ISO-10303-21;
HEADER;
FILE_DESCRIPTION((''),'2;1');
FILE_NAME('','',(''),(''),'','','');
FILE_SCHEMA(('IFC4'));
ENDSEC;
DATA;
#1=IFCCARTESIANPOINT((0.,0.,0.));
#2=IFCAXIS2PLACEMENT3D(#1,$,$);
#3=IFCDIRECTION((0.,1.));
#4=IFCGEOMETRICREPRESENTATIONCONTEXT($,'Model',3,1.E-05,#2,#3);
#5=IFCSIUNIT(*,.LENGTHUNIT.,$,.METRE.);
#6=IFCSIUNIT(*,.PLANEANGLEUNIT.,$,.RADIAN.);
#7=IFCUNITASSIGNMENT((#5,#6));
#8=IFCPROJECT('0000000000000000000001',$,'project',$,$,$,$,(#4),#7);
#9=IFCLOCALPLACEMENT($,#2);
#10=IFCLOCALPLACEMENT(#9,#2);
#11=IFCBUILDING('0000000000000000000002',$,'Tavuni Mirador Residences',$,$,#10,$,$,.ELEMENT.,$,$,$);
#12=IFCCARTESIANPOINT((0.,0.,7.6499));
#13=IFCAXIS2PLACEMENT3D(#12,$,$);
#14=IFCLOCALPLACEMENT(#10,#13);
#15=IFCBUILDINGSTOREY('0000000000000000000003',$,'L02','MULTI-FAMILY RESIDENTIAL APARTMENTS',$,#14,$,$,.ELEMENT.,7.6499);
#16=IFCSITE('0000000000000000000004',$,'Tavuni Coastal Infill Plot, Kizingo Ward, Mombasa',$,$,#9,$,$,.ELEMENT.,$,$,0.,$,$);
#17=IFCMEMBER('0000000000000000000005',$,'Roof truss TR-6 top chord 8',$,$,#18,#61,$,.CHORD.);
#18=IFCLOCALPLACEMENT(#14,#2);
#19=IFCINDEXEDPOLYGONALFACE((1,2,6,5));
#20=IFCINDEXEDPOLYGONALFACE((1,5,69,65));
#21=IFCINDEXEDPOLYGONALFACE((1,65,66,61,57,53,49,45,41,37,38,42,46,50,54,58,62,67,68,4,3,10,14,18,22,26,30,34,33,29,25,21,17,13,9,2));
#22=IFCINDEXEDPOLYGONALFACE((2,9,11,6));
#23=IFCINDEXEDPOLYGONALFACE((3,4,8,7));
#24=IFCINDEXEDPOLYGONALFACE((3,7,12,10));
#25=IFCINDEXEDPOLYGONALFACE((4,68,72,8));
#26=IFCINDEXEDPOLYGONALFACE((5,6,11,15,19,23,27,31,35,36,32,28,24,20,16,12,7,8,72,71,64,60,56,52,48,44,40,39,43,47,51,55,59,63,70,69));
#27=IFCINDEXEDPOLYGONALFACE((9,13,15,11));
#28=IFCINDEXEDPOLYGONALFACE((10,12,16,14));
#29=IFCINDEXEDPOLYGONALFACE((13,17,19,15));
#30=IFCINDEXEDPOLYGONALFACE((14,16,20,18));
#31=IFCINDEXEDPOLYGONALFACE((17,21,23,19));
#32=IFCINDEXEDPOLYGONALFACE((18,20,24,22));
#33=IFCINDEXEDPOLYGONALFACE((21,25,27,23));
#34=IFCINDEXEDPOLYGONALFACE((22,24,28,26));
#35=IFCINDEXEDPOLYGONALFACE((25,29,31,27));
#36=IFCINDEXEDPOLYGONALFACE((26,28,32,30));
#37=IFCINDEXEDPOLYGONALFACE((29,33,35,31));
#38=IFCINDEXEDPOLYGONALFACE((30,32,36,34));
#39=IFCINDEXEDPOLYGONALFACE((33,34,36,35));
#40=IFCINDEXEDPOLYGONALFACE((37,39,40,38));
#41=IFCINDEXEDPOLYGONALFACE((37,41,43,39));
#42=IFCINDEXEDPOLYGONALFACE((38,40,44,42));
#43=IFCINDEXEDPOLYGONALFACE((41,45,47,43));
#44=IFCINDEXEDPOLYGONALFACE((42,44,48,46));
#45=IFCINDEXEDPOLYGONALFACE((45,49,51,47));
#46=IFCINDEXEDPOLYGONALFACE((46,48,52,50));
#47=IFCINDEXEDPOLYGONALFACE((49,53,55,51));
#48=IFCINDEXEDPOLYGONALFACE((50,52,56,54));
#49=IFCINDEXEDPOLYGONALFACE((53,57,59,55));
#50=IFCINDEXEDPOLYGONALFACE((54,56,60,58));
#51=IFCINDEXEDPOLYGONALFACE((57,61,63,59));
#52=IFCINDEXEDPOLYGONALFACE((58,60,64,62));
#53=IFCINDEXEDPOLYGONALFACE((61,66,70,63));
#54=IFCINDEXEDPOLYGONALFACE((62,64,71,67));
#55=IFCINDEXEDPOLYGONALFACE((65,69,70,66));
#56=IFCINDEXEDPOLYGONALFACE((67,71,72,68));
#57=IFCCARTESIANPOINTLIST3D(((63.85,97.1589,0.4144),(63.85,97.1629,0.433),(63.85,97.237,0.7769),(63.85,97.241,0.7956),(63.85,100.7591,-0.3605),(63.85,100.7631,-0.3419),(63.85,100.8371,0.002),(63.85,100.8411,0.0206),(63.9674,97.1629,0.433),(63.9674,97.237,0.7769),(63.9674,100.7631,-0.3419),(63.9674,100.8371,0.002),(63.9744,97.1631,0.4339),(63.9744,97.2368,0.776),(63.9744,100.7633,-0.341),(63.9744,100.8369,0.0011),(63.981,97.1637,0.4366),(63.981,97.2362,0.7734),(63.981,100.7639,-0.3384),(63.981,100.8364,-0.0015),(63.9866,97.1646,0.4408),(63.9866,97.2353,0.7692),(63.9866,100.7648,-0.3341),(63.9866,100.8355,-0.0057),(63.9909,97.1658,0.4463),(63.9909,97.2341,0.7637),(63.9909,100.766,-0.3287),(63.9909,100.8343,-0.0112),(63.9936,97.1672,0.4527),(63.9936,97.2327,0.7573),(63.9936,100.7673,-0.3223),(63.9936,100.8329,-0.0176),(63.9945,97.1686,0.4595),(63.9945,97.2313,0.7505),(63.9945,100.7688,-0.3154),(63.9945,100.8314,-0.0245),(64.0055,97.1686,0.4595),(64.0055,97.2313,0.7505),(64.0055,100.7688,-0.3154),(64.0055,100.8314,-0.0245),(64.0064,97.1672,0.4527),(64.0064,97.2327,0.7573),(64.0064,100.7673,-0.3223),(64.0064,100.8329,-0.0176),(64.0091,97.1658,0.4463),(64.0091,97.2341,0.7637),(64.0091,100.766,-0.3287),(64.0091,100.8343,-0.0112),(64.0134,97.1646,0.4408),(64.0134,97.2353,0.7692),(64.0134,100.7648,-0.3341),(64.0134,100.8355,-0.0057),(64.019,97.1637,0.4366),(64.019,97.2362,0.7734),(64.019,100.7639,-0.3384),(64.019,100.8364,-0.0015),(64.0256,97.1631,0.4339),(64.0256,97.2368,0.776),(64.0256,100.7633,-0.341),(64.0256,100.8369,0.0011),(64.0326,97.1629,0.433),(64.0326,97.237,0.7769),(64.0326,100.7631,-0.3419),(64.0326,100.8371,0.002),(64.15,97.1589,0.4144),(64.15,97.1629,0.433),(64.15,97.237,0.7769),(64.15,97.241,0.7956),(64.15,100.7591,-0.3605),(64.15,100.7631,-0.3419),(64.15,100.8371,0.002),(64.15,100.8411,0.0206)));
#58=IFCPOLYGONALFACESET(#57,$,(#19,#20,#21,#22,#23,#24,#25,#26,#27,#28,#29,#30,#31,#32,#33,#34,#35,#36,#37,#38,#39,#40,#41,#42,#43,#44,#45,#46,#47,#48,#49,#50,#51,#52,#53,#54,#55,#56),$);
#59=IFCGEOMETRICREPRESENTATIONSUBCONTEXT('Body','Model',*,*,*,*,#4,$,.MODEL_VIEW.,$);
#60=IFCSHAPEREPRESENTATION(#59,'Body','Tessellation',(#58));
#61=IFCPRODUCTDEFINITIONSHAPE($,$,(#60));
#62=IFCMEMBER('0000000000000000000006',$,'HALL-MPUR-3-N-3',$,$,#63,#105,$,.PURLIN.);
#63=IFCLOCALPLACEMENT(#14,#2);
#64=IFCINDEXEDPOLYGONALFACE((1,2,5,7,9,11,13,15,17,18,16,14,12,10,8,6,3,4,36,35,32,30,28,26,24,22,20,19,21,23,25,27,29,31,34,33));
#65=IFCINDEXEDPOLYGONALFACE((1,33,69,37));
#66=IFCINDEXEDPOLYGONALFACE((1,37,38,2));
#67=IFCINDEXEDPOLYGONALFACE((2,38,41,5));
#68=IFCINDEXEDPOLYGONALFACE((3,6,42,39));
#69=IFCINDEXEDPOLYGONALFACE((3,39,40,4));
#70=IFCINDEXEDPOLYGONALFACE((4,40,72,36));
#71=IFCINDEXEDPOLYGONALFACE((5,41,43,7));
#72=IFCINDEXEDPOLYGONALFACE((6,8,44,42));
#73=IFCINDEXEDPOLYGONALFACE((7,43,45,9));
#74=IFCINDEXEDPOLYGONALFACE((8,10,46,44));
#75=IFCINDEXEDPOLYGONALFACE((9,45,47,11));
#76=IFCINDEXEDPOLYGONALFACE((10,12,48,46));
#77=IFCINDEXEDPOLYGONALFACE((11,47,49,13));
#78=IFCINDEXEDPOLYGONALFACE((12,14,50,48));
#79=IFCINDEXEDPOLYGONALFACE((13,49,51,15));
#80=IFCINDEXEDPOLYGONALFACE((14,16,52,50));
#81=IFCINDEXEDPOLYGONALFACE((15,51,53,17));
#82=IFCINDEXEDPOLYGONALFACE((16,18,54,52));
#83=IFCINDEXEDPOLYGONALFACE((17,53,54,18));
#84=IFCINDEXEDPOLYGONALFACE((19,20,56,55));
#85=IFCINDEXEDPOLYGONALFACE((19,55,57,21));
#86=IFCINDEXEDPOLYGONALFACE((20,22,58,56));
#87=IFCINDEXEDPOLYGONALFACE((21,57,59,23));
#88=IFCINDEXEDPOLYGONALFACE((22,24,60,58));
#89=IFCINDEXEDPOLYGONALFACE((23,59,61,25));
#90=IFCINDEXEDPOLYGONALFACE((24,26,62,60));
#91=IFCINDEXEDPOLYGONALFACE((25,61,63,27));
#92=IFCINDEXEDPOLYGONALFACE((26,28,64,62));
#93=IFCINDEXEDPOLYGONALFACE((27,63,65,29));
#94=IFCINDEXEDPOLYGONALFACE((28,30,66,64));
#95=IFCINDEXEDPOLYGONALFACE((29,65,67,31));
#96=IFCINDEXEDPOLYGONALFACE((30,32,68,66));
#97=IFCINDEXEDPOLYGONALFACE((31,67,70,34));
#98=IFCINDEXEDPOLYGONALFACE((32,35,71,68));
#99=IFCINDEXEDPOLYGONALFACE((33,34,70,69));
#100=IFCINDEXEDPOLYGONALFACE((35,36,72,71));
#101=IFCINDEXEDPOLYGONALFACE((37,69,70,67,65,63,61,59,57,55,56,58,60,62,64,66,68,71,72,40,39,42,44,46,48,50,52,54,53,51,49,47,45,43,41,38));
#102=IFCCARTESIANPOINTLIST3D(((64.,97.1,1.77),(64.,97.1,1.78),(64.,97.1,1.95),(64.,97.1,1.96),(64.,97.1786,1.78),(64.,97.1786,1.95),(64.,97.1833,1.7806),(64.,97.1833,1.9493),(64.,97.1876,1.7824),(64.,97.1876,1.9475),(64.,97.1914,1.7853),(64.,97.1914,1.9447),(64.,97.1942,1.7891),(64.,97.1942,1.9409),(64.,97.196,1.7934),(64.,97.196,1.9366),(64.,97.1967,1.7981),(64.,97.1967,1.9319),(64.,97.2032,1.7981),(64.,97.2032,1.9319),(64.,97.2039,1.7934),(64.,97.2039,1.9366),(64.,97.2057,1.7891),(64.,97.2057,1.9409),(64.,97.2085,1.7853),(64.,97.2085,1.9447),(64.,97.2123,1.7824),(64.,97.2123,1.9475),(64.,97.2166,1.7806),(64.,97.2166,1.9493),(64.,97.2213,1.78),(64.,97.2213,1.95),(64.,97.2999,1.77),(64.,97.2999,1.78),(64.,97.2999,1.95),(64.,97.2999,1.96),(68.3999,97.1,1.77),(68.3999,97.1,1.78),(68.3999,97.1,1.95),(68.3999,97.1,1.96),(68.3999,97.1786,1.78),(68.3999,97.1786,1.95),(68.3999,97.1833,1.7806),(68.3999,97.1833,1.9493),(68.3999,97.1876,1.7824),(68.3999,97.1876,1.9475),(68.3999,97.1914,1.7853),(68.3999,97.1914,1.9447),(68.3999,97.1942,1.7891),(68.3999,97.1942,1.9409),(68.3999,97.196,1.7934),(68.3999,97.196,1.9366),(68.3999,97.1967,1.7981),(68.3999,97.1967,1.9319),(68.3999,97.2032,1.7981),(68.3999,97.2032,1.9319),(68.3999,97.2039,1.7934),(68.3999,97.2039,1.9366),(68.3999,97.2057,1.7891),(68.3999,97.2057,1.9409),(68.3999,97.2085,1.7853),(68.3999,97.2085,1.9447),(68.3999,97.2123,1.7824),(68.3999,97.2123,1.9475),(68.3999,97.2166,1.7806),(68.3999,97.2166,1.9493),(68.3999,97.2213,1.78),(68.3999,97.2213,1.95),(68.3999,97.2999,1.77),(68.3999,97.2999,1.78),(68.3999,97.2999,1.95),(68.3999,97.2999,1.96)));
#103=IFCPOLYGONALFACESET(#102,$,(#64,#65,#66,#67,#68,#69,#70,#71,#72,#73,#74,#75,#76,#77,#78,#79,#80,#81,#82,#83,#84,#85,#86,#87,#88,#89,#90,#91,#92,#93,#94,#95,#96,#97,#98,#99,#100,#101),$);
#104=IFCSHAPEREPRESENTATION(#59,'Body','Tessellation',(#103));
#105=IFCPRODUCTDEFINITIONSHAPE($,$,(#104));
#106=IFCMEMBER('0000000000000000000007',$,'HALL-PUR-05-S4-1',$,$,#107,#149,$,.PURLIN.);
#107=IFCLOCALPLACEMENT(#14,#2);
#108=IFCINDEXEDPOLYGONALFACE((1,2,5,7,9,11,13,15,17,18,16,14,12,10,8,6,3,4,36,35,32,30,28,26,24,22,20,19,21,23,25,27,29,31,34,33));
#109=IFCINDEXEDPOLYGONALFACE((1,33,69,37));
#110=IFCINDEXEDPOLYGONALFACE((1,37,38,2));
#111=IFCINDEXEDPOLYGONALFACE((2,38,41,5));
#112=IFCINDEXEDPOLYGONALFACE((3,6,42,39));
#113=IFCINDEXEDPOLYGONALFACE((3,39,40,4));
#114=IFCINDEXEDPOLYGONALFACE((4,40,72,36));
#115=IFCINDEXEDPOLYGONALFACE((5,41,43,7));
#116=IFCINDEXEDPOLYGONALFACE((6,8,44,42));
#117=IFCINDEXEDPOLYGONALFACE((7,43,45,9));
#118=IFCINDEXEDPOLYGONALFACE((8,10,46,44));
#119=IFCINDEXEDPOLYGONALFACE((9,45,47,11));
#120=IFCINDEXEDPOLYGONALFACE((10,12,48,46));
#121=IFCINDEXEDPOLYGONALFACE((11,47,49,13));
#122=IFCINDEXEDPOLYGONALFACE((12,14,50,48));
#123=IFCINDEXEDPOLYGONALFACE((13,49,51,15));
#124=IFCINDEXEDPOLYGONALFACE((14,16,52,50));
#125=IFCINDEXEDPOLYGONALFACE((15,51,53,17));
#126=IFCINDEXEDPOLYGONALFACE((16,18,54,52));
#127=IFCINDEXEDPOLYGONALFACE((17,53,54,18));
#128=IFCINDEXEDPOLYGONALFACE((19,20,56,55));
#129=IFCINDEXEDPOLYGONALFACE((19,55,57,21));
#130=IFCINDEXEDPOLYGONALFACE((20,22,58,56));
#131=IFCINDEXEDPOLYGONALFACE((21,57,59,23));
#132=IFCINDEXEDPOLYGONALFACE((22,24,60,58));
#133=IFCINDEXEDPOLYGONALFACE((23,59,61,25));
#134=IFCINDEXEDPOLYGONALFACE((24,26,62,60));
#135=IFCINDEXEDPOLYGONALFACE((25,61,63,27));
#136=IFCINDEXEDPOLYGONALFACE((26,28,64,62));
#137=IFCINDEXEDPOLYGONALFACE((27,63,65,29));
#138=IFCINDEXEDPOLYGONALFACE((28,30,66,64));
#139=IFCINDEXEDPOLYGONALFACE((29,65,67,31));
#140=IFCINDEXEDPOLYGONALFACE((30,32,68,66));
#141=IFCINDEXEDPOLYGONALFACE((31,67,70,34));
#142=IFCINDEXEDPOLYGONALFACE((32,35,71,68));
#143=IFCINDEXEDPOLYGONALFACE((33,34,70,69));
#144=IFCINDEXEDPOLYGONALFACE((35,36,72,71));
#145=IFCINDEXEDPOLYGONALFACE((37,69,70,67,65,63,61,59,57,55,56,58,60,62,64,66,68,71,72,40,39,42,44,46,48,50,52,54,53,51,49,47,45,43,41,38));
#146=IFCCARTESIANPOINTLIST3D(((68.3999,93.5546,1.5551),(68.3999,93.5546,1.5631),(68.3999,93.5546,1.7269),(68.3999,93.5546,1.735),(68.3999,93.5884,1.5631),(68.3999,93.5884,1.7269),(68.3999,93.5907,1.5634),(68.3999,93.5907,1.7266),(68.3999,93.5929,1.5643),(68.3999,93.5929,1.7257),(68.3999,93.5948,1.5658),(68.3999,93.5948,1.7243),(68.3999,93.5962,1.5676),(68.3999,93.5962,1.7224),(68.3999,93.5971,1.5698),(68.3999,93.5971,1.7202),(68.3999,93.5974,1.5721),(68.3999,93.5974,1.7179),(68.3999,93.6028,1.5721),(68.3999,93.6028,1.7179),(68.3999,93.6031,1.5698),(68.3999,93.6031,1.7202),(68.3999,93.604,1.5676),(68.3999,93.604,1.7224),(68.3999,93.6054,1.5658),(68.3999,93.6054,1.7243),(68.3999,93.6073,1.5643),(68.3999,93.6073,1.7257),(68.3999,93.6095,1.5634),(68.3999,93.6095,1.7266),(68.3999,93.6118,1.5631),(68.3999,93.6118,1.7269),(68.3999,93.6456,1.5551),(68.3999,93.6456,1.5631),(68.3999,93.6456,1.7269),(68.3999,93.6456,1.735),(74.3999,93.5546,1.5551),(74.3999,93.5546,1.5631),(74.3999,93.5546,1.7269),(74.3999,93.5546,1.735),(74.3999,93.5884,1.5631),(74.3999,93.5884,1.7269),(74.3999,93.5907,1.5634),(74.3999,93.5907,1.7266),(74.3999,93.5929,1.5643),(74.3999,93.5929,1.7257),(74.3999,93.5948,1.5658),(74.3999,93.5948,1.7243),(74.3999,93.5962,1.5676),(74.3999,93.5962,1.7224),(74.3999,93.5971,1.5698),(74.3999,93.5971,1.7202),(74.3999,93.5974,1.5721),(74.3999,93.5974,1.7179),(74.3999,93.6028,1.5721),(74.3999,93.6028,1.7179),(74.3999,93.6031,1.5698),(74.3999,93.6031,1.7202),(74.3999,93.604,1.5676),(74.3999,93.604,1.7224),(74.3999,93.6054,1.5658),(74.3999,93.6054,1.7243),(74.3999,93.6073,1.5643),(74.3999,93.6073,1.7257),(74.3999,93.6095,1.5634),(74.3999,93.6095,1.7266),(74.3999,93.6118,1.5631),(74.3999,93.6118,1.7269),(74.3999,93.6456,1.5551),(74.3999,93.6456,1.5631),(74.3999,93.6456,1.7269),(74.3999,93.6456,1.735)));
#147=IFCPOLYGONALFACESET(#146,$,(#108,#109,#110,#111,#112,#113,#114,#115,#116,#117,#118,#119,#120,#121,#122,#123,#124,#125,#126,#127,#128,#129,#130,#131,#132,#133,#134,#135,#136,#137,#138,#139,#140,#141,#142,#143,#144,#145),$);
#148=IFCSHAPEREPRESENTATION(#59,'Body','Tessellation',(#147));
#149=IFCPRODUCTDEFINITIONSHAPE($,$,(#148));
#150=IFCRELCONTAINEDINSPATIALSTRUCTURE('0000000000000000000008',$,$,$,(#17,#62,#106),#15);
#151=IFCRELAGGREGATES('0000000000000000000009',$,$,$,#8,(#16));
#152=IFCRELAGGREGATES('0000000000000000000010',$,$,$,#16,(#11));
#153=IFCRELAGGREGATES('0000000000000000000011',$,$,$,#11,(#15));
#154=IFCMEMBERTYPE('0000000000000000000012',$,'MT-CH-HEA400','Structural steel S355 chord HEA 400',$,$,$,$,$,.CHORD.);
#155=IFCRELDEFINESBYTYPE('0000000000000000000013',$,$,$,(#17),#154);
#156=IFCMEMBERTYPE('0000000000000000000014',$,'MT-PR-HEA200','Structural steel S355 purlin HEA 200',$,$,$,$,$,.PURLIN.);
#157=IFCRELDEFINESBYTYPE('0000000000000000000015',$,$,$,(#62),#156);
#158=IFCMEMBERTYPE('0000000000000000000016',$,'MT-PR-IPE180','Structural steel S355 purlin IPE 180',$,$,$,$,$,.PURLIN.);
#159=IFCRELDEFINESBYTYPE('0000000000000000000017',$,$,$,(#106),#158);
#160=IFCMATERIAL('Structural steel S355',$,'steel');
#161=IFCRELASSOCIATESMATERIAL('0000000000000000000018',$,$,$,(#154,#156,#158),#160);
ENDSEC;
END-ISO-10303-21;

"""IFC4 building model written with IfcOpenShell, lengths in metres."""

from ifc_helpers import new_model, si_unit, direction, frame, origin, origin_2d, place, context, subcontext, project, spatial, i_section, extrude, material, material_profile, profile_set, type_object, element, save


model = new_model("IFC4")

# Units and contexts
model_context = context("Model", 3, precision=1e-05, world=origin(), true_north=direction((0.0, 1.0)))
body_context = subcontext(model_context, "Body", "Model", "MODEL_VIEW")
ifc_project = project(units=[si_unit("LENGTHUNIT", "METRE"), si_unit("PLANEANGLEUNIT", "RADIAN")], contexts=[model_context])

# Site, building, storey
site_placement = place(None, origin())
site = spatial("IfcSite", under=ifc_project, at=site_placement, Name="Tavuni Coastal Infill Plot, Kizingo Ward, Mombasa", CompositionType="ELEMENT", RefElevation=0.0)
building_placement = place(site_placement, origin())
building = spatial("IfcBuilding", under=site, at=building_placement, Name="Tavuni Mirador Residences", CompositionType="ELEMENT")
storey_placement = place(building_placement, frame((0.0, 0.0, 7.6499)))
storey = spatial("IfcBuildingStorey", under=building, at=storey_placement, Name="L02", Description="MULTI-FAMILY RESIDENTIAL APARTMENTS", CompositionType="ELEMENT", Elevation=7.6499)

# Members
ifc_material_1 = material(Name="Structural steel S355", Category="steel")
ifc_material_profile_1 = material_profile(ifc_material_1, i_section(OverallWidth=0.3, OverallDepth=0.3899, WebThickness=0.011, FlangeThickness=0.019, FilletRadius=0.0271, at=origin_2d()), Name="HEA 400", Category="steel")
ifc_profile_set_1 = profile_set([ifc_material_profile_1], Name="Structural steel S355")
member_type_1 = type_object("IfcMemberType", Name="MT-CH-HEA400", Description="Structural steel S355 chord HEA 400", PredefinedType="CHORD", material=ifc_profile_set_1)
member_1_placement = place(storey_placement, frame((64.0, 97.2, 0.605), z_axis=(0.0, 0.97761, -0.210425), x_axis=(-1.0, 0.0, 0.0)))
element("IfcMember", 1, at=member_1_placement, inside=storey, type_object=member_type_1, Name="Roof truss TR-6 top chord 8", PredefinedType="CHORD", context=body_context, shape_type="SweptSolid", body=[
    extrude(i_section(OverallWidth=0.3, OverallDepth=0.3899, WebThickness=0.011, FlangeThickness=0.019, FilletRadius=0.0271, at=origin_2d()), origin(), (0.0, 0.0, 1.0), 3.6826),
])
ifc_material_profile_2 = material_profile(ifc_material_1, i_section(OverallWidth=0.2, OverallDepth=0.1899, WebThickness=0.0066, FlangeThickness=0.01, FilletRadius=0.0181, at=origin_2d()), Name="HEA 200", Category="steel")
ifc_profile_set_2 = profile_set([ifc_material_profile_2], Name="Structural steel S355")
member_type_2 = type_object("IfcMemberType", Name="MT-PR-HEA200", Description="Structural steel S355 purlin HEA 200", PredefinedType="PURLIN", material=ifc_profile_set_2)
member_2_placement = place(storey_placement, frame((64.0, 97.2, 1.865), z_axis=(1.0, 0.0, 0.0), x_axis=(0.0, 1.0, 0.0)))
element("IfcMember", 2, at=member_2_placement, inside=storey, type_object=member_type_2, Name="HALL-MPUR-3-N-3", PredefinedType="PURLIN", context=body_context, shape_type="SweptSolid", body=[
    extrude(i_section(OverallWidth=0.2, OverallDepth=0.1899, WebThickness=0.0066, FlangeThickness=0.01, FilletRadius=0.0181, at=origin_2d()), origin(), (0.0, 0.0, 1.0), 4.3999),
])
ifc_material_profile_3 = material_profile(ifc_material_1, i_section(OverallWidth=0.0911, OverallDepth=0.1799, WebThickness=0.0054, FlangeThickness=0.0081, FilletRadius=0.009, at=origin_2d()), Name="IPE 180", Category="steel")
ifc_profile_set_3 = profile_set([ifc_material_profile_3], Name="Structural steel S355")
member_type_3 = type_object("IfcMemberType", Name="MT-PR-IPE180", Description="Structural steel S355 purlin IPE 180", PredefinedType="PURLIN", material=ifc_profile_set_3)
member_3_placement = place(storey_placement, frame((68.3999, 93.6001, 1.645), z_axis=(1.0, 0.0, 0.0), x_axis=(0.0, 1.0, 0.0)))
element("IfcMember", 3, at=member_3_placement, inside=storey, type_object=member_type_3, Name="HALL-PUR-05-S4-1", PredefinedType="PURLIN", context=body_context, shape_type="SweptSolid", body=[
    extrude(i_section(OverallWidth=0.0911, OverallDepth=0.1799, WebThickness=0.0054, FlangeThickness=0.0081, FilletRadius=0.009, at=origin_2d()), origin(), (0.0, 0.0, 1.0), 6.0),
])

save(model, "model.ifc")
